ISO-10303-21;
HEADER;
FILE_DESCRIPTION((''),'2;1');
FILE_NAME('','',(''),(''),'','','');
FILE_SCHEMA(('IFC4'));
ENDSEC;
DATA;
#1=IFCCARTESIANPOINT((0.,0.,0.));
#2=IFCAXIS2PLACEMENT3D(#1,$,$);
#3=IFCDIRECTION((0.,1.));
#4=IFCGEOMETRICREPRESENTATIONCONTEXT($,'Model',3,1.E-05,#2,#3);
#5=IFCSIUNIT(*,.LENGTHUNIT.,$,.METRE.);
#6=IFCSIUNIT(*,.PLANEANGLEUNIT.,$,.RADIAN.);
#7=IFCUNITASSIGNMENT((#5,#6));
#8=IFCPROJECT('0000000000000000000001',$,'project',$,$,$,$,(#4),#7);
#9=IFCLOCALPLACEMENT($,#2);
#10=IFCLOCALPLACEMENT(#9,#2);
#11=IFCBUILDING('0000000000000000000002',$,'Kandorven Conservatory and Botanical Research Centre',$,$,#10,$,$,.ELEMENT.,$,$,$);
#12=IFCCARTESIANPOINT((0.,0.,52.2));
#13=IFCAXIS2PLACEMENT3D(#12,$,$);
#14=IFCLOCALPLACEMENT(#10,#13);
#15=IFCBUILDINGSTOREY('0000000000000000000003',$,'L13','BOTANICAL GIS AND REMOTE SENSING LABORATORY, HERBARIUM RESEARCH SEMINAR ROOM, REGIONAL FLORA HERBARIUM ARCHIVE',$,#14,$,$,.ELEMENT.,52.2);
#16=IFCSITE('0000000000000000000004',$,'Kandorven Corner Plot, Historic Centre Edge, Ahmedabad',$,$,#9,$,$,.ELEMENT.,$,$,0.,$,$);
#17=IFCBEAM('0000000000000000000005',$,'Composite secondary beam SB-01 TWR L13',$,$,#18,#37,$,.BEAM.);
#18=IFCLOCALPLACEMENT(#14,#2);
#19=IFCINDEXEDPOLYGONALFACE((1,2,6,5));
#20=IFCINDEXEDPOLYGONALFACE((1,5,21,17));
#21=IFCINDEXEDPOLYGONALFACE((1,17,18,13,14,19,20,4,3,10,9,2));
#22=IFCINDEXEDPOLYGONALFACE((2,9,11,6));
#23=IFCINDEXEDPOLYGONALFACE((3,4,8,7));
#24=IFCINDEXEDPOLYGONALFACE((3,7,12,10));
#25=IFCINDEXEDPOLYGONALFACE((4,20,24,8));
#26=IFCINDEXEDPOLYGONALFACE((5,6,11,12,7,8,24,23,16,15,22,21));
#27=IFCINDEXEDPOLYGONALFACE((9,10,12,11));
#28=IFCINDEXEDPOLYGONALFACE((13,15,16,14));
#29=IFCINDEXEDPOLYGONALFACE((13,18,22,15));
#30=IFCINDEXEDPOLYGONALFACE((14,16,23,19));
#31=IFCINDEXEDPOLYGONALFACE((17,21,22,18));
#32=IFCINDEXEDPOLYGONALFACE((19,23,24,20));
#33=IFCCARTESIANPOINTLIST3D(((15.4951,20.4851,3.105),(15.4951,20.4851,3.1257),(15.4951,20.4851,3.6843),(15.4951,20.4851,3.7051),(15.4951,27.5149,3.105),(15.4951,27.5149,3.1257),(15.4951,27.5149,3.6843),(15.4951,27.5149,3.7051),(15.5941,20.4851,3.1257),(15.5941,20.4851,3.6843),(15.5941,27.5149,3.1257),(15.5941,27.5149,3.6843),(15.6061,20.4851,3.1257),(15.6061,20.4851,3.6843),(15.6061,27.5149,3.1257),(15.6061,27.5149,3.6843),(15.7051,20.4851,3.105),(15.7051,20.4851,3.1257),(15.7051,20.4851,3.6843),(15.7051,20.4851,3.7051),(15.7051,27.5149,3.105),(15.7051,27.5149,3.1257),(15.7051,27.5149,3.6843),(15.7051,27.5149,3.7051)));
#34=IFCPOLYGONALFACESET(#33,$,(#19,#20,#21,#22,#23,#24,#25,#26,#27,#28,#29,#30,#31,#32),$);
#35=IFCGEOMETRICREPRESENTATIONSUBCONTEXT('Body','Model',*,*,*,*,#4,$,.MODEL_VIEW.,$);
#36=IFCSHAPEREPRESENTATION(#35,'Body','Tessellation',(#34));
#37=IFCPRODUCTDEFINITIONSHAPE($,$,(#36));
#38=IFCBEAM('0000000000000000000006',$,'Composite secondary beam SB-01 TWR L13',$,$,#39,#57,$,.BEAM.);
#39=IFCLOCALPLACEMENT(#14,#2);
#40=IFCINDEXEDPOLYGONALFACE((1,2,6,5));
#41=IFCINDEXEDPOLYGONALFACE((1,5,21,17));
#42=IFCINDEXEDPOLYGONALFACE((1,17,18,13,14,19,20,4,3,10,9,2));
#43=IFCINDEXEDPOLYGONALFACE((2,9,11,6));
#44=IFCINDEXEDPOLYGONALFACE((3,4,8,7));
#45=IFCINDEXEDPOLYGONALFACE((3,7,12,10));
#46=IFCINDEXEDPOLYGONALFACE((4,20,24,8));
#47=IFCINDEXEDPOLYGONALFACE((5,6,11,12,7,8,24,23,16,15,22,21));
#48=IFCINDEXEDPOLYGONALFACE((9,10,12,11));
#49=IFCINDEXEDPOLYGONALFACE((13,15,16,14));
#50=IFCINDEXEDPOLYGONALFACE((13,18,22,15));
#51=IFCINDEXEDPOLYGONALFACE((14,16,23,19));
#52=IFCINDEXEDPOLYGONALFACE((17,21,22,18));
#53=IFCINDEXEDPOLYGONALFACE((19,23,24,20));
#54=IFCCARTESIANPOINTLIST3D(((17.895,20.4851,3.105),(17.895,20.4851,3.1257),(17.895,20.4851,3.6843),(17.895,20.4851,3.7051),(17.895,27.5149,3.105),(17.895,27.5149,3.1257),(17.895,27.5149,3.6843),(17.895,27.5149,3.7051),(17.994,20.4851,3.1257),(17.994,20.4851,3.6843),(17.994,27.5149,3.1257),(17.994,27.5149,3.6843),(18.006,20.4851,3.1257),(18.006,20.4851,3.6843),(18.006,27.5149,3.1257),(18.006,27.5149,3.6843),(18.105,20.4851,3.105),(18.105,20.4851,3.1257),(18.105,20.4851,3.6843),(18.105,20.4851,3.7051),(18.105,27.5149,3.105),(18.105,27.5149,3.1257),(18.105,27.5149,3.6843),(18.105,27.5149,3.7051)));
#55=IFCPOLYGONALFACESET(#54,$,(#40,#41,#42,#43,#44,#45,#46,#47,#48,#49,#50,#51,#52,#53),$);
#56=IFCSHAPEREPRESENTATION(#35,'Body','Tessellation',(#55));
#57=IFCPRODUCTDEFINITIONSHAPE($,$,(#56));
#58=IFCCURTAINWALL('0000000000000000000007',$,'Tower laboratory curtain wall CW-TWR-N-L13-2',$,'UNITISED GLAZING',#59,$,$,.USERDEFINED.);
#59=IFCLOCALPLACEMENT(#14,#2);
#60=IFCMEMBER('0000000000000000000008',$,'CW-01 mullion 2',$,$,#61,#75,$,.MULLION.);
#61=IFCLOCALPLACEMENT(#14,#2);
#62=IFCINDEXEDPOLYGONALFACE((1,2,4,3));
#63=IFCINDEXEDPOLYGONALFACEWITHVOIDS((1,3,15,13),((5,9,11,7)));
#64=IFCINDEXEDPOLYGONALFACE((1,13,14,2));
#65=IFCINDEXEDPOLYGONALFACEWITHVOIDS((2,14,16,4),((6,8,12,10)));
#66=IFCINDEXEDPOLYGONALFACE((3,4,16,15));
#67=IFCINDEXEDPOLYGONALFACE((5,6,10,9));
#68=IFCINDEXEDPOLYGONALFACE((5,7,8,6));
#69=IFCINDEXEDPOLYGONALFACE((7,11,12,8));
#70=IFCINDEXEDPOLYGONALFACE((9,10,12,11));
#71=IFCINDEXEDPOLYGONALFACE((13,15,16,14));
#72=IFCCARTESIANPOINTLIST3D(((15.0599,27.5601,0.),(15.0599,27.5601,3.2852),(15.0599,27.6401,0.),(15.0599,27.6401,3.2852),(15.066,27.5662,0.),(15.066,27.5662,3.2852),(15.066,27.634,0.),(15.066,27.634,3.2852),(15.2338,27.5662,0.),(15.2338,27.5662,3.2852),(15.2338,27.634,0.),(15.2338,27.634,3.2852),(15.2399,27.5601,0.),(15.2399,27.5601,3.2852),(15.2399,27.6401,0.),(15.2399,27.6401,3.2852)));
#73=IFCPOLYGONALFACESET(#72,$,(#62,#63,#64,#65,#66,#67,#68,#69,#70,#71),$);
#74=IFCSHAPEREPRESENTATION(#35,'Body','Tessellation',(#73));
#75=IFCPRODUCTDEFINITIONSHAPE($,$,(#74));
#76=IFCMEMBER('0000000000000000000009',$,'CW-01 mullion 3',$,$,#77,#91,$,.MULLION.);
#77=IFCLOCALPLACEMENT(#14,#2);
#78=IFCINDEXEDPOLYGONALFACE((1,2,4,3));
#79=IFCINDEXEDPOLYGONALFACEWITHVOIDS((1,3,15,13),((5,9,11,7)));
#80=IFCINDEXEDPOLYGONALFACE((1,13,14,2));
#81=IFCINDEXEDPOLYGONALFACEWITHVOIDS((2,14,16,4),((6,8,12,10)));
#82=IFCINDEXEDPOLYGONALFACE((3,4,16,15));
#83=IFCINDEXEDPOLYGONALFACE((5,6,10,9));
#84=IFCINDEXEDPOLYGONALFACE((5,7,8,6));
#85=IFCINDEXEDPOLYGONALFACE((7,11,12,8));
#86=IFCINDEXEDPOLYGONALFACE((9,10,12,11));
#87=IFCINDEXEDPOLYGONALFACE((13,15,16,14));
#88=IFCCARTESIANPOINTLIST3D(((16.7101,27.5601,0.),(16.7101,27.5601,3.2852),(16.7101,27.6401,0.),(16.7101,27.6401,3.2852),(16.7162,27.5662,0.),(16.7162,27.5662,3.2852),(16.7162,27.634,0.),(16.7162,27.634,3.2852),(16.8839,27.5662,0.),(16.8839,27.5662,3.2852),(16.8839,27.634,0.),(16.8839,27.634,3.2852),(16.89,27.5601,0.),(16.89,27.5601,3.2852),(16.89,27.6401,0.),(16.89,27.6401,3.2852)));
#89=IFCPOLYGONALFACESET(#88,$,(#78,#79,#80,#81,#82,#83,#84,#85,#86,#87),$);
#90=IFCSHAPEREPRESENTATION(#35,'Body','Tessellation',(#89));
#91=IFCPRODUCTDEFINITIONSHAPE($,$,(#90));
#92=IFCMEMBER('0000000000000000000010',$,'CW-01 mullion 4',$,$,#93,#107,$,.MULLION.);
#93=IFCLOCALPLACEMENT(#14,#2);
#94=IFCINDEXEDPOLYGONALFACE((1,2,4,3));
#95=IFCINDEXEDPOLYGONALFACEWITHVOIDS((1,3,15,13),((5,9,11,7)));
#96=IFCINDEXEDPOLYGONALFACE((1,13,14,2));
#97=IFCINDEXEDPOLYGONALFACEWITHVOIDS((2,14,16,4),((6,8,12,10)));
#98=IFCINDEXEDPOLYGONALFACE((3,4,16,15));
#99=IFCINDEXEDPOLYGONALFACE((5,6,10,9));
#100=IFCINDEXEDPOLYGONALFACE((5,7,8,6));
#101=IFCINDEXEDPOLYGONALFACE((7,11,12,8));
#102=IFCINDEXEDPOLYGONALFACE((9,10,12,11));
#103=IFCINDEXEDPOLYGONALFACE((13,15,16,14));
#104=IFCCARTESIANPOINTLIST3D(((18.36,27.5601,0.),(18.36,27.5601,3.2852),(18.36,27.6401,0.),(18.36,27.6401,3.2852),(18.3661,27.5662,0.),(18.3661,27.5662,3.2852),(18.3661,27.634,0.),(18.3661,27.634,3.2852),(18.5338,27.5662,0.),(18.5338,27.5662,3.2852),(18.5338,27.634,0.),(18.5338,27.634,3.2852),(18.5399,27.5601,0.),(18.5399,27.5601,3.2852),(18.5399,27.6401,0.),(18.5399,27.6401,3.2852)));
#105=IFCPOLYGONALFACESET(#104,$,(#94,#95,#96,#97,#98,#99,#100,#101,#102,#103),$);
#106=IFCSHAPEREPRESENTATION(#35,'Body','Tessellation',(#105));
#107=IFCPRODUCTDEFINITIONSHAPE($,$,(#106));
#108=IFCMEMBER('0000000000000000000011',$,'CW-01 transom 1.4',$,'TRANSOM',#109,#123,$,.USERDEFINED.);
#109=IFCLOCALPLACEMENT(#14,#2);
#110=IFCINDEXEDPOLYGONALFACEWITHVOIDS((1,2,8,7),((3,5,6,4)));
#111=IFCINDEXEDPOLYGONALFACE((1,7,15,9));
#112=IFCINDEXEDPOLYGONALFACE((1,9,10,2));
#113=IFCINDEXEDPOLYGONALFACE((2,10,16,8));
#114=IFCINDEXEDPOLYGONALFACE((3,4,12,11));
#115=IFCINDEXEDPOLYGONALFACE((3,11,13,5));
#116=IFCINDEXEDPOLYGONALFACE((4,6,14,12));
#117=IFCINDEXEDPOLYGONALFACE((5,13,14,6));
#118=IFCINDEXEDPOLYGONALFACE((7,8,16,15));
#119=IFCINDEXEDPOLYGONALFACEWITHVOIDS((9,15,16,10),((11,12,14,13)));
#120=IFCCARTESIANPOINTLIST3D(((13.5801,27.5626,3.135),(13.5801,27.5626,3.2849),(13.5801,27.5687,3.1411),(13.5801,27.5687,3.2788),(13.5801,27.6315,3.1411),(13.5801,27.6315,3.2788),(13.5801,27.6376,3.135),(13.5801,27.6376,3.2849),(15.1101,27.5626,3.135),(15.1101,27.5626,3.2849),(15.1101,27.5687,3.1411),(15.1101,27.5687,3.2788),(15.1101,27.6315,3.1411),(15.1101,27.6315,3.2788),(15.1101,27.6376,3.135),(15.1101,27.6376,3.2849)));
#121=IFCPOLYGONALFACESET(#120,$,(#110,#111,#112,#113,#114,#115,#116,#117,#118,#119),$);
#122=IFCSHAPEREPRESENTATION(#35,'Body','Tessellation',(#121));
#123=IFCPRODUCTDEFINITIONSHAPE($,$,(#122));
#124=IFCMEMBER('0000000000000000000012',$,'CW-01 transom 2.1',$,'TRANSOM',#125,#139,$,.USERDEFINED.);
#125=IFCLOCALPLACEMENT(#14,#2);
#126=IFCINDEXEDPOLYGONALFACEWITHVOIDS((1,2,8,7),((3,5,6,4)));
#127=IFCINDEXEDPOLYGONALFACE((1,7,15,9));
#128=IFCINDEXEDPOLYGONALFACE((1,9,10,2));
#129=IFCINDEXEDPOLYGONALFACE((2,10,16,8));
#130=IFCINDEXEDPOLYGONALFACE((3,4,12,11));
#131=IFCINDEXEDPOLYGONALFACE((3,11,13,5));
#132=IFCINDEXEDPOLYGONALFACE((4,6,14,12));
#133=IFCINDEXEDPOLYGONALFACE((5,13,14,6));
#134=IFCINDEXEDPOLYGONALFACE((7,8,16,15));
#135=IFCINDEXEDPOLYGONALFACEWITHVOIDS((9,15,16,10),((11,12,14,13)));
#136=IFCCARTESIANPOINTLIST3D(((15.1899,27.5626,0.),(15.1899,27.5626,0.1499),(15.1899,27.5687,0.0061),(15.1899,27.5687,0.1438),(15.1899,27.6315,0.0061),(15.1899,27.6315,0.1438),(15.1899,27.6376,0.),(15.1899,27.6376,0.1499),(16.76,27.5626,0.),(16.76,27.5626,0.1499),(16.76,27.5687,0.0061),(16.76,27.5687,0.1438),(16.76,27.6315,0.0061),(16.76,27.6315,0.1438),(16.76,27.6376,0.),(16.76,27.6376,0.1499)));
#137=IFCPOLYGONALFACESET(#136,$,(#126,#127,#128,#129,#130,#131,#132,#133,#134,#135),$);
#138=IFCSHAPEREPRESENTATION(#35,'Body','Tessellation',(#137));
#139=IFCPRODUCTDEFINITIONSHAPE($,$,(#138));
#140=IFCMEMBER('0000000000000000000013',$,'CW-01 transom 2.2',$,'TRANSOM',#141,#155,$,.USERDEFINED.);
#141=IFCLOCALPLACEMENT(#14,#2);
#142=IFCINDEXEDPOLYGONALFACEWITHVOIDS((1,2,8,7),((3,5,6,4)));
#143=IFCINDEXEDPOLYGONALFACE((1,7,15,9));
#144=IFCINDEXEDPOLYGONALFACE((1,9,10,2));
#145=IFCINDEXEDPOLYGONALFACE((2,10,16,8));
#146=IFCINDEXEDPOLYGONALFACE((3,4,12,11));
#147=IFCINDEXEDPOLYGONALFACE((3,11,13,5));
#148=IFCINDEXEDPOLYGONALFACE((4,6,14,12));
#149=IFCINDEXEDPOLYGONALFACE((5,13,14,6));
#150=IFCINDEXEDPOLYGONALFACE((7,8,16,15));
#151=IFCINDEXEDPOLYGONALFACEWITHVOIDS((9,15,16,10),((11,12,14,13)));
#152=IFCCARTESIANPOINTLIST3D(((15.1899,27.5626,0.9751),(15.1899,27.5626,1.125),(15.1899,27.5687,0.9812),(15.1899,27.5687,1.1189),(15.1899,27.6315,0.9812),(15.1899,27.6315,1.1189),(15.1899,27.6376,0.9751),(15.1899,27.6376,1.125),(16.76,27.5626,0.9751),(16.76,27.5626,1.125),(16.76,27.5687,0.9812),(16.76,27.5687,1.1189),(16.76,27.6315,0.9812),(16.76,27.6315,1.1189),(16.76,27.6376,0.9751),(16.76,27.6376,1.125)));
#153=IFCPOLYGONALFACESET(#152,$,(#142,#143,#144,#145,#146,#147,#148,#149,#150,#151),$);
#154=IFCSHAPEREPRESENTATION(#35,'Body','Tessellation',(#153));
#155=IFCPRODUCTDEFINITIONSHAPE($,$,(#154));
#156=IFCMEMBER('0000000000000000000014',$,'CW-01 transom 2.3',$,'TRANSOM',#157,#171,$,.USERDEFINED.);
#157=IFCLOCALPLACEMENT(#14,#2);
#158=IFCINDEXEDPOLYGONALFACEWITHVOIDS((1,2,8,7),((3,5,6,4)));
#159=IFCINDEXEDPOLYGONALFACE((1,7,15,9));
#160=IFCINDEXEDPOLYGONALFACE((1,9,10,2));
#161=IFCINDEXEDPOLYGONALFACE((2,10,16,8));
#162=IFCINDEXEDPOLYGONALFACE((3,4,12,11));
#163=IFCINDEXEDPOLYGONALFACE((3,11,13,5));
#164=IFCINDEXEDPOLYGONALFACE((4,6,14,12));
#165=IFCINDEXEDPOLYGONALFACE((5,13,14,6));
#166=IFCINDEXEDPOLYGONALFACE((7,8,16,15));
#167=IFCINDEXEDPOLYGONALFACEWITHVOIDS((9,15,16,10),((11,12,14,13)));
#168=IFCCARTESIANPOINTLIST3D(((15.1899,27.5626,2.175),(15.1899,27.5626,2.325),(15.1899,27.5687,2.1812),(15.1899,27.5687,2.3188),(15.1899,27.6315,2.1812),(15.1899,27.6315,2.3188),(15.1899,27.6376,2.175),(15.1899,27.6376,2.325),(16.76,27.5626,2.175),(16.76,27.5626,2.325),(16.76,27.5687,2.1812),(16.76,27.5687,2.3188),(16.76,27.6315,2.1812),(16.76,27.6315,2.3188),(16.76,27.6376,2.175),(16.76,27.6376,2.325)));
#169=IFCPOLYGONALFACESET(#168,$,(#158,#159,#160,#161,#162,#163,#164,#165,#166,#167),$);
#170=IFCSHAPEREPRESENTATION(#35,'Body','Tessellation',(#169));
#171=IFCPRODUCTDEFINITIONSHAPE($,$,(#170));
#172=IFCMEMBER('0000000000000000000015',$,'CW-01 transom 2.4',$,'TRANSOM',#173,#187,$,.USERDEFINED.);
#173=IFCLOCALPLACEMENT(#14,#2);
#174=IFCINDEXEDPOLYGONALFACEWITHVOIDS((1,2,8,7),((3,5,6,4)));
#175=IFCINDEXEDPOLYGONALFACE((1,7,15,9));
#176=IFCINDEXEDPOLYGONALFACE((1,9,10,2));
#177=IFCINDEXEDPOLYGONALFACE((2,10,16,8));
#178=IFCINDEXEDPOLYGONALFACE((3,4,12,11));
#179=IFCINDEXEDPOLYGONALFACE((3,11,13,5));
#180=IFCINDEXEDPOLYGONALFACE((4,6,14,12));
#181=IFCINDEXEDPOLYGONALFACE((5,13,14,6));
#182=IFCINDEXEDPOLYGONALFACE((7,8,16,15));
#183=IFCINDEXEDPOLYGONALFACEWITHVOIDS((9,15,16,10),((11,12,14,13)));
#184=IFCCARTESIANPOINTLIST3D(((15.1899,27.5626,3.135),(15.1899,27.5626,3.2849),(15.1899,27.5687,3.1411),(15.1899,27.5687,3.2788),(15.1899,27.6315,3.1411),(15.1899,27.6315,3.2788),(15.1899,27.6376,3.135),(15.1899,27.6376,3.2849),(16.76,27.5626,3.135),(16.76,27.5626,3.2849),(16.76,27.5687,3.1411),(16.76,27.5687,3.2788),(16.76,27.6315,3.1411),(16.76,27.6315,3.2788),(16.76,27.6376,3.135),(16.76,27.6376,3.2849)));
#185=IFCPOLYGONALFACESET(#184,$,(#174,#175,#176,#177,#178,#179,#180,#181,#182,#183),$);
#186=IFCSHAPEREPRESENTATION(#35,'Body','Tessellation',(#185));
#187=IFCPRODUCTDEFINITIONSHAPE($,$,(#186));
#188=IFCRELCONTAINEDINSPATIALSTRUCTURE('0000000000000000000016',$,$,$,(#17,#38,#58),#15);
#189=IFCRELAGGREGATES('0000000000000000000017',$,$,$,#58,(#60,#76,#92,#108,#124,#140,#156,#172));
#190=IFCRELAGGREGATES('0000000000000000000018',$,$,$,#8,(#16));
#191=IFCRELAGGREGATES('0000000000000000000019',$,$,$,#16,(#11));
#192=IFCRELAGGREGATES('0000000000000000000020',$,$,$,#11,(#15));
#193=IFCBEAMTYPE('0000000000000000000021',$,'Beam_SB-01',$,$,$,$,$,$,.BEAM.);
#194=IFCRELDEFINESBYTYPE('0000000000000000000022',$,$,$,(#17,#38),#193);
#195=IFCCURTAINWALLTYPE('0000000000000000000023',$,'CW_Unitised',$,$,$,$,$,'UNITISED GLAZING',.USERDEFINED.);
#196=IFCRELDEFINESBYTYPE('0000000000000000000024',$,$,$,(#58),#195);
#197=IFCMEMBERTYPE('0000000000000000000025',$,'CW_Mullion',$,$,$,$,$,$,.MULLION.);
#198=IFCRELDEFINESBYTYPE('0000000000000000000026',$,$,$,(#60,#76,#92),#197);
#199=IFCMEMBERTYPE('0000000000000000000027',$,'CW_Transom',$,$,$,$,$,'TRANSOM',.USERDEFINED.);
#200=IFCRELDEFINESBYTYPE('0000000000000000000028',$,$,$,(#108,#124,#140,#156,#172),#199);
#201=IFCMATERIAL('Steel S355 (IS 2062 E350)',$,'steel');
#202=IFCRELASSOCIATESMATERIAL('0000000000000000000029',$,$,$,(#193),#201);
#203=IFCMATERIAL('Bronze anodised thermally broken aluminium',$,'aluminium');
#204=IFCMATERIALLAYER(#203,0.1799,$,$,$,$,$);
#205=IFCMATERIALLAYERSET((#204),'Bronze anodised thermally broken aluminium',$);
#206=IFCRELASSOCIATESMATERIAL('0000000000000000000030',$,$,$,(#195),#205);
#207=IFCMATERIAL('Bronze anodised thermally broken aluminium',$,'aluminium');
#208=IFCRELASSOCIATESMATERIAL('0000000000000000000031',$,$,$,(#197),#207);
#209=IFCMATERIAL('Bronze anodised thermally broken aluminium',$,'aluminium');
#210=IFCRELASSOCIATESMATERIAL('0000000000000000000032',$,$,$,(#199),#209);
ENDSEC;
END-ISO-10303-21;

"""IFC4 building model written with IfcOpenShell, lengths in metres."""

from ifc_helpers import new_model, si_unit, direction, frame, origin, origin_2d, place, context, subcontext, project, spatial, hollow_rectangle, i_section, extrude, material, layer, layer_set, material_profile, profile_set, type_object, element, aggregate, save


model = new_model("IFC4")

# Units and contexts
model_context = context("Model", 3, precision=1e-05, world=origin(), true_north=direction((0.0, 1.0)))
body_context = subcontext(model_context, "Body", "Model", "MODEL_VIEW")
ifc_project = project(units=[si_unit("LENGTHUNIT", "METRE"), si_unit("PLANEANGLEUNIT", "RADIAN")], contexts=[model_context])

# Site, building, storey
site_placement = place(None, origin())
site = spatial("IfcSite", under=ifc_project, at=site_placement, Name="Kandorven Corner Plot, Historic Centre Edge, Ahmedabad", CompositionType="ELEMENT", RefElevation=0.0)
building_placement = place(site_placement, origin())
building = spatial("IfcBuilding", under=site, at=building_placement, Name="Kandorven Conservatory and Botanical Research Centre", CompositionType="ELEMENT")
storey_placement = place(building_placement, frame((0.0, 0.0, 52.2)))
storey = spatial("IfcBuildingStorey", under=building, at=storey_placement, Name="L13", Description="BOTANICAL GIS AND REMOTE SENSING LABORATORY, HERBARIUM RESEARCH SEMINAR ROOM, REGIONAL FLORA HERBARIUM ARCHIVE", CompositionType="ELEMENT", Elevation=52.2)

# Beams
ifc_material_1 = material(Name="Steel S355 (IS 2062 E350)", Category="steel")
ifc_material_profile_1 = material_profile(ifc_material_1, i_section(OverallWidth=0.21, OverallDepth=0.6001, WebThickness=0.012, FlangeThickness=0.0208, at=origin_2d()))
ifc_profile_set_1 = profile_set([ifc_material_profile_1], Name="Steel S355 (IS 2062 E350)")
beam_type = type_object("IfcBeamType", Name="Beam_SB-01", PredefinedType="BEAM", material=ifc_profile_set_1)
for number, where, z_axis, x_axis, name in (
    (1, (15.6001, 20.4851, 3.405), (0.0, 1.0, 0.0), (-1.0, 0.0, 0.0), "Composite secondary beam SB-01 TWR L13"),
    (2, (18.0, 20.4851, 3.405), (0.0, 1.0, 0.0), (-1.0, 0.0, 0.0), "Composite secondary beam SB-01 TWR L13"),
):
    element("IfcBeam", number, at=place(storey_placement, frame(where, z_axis=z_axis, x_axis=x_axis)), inside=storey, type_object=beam_type, Name=name, PredefinedType="BEAM", context=body_context, shape_type="SweptSolid", body=[
        extrude(i_section(OverallWidth=0.21, OverallDepth=0.6001, WebThickness=0.012, FlangeThickness=0.0208, at=origin_2d()), origin(), (0.0, 0.0, 1.0), 7.0298),
    ])

# Curtain wall, members
ifc_material_2 = material(Name="Bronze anodised thermally broken aluminium", Category="aluminium")
ifc_layer_1 = layer(ifc_material_2, 0.1799)
ifc_layer_set_1 = layer_set([ifc_layer_1], Name="Bronze anodised thermally broken aluminium")
curtain_wall_type = type_object("IfcCurtainWallType", Name="CW_Unitised", ElementType="UNITISED GLAZING", PredefinedType="USERDEFINED", material=ifc_layer_set_1)
curtain_wall_placement = place(storey_placement, origin())
curtain_wall = element("IfcCurtainWall", 3, at=curtain_wall_placement, inside=storey, type_object=curtain_wall_type, Name="Tower laboratory curtain wall CW-TWR-N-L13-2", ObjectType="UNITISED GLAZING", PredefinedType="USERDEFINED")
ifc_material_3 = material(Name="Bronze anodised thermally broken aluminium", Category="aluminium")
ifc_material_profile_2 = material_profile(ifc_material_3, hollow_rectangle(XDim=0.0801, YDim=0.1799, WallThickness=0.0061, at=origin_2d()))
ifc_profile_set_2 = profile_set([ifc_material_profile_2], Name="Bronze anodised thermally broken aluminium")
member_type_1 = type_object("IfcMemberType", Name="CW_Mullion", PredefinedType="MULLION", material=ifc_profile_set_2)
member_1_placement = place(storey_placement, frame((15.1499, 27.6001, 0.0), z_axis=(0.0, 0.0, 1.0), x_axis=(0.0, 1.0, 0.0)))
member_1 = element("IfcMember", 4, at=member_1_placement, type_object=member_type_1, Name="CW-01 mullion 2", PredefinedType="MULLION", context=body_context, shape_type="SweptSolid", body=[
    extrude(hollow_rectangle(XDim=0.0801, YDim=0.1799, WallThickness=0.0061, at=origin_2d()), origin(), (0.0, 0.0, 1.0), 3.2852),
])
member_2_placement = place(storey_placement, frame((16.8, 27.6001, 0.0), z_axis=(0.0, 0.0, 1.0), x_axis=(0.0, 1.0, 0.0)))
member_2 = element("IfcMember", 5, at=member_2_placement, type_object=member_type_1, Name="CW-01 mullion 3", PredefinedType="MULLION", context=body_context, shape_type="SweptSolid", body=[
    extrude(hollow_rectangle(XDim=0.0801, YDim=0.1799, WallThickness=0.0061, at=origin_2d()), origin(), (0.0, 0.0, 1.0), 3.2852),
])
member_3_placement = place(storey_placement, frame((18.45, 27.6001, 0.0), z_axis=(0.0, 0.0, 1.0), x_axis=(0.0, 1.0, 0.0)))
member_3 = element("IfcMember", 6, at=member_3_placement, type_object=member_type_1, Name="CW-01 mullion 4", PredefinedType="MULLION", context=body_context, shape_type="SweptSolid", body=[
    extrude(hollow_rectangle(XDim=0.0801, YDim=0.1799, WallThickness=0.0061, at=origin_2d()), origin(), (0.0, 0.0, 1.0), 3.2852),
])
ifc_material_4 = material(Name="Bronze anodised thermally broken aluminium", Category="aluminium")
ifc_material_profile_3 = material_profile(ifc_material_4, hollow_rectangle(XDim=0.075, YDim=0.1499, WallThickness=0.0061, at=origin_2d()))
ifc_profile_set_3 = profile_set([ifc_material_profile_3], Name="Bronze anodised thermally broken aluminium")
member_type_2 = type_object("IfcMemberType", Name="CW_Transom", ElementType="TRANSOM", PredefinedType="USERDEFINED", material=ifc_profile_set_3)
member_4_placement = place(storey_placement, frame((13.5801, 27.6001, 3.21), z_axis=(1.0, 0.0, 0.0), x_axis=(0.0, 1.0, 0.0)))
member_4 = element("IfcMember", 7, at=member_4_placement, type_object=member_type_2, Name="CW-01 transom 1.4", ObjectType="TRANSOM", PredefinedType="USERDEFINED", context=body_context, shape_type="SweptSolid", body=[
    extrude(hollow_rectangle(XDim=0.075, YDim=0.1499, WallThickness=0.0061, at=origin_2d()), origin(), (0.0, 0.0, 1.0), 1.53),
])
member_5_placement = place(storey_placement, frame((15.1899, 27.6001, 0.075), z_axis=(1.0, 0.0, 0.0), x_axis=(0.0, 1.0, 0.0)))
member_5 = element("IfcMember", 8, at=member_5_placement, type_object=member_type_2, Name="CW-01 transom 2.1", ObjectType="TRANSOM", PredefinedType="USERDEFINED", context=body_context, shape_type="SweptSolid", body=[
    extrude(hollow_rectangle(XDim=0.075, YDim=0.1499, WallThickness=0.0061, at=origin_2d()), origin(), (0.0, 0.0, 1.0), 1.5701),
])
member_6_placement = place(storey_placement, frame((15.1899, 27.6001, 1.05), z_axis=(1.0, 0.0, 0.0), x_axis=(0.0, 1.0, 0.0)))
member_6 = element("IfcMember", 9, at=member_6_placement, type_object=member_type_2, Name="CW-01 transom 2.2", ObjectType="TRANSOM", PredefinedType="USERDEFINED", context=body_context, shape_type="SweptSolid", body=[
    extrude(hollow_rectangle(XDim=0.075, YDim=0.1499, WallThickness=0.0061, at=origin_2d()), origin(), (0.0, 0.0, 1.0), 1.5701),
])
member_7_placement = place(storey_placement, frame((15.1899, 27.6001, 2.25), z_axis=(1.0, 0.0, 0.0), x_axis=(0.0, 1.0, 0.0)))
member_7 = element("IfcMember", 10, at=member_7_placement, type_object=member_type_2, Name="CW-01 transom 2.3", ObjectType="TRANSOM", PredefinedType="USERDEFINED", context=body_context, shape_type="SweptSolid", body=[
    extrude(hollow_rectangle(XDim=0.075, YDim=0.1499, WallThickness=0.0061, at=origin_2d()), origin(), (0.0, 0.0, 1.0), 1.5701),
])
member_8_placement = place(storey_placement, frame((15.1899, 27.6001, 3.21), z_axis=(1.0, 0.0, 0.0), x_axis=(0.0, 1.0, 0.0)))
member_8 = element("IfcMember", 11, at=member_8_placement, type_object=member_type_2, Name="CW-01 transom 2.4", ObjectType="TRANSOM", PredefinedType="USERDEFINED", context=body_context, shape_type="SweptSolid", body=[
    extrude(hollow_rectangle(XDim=0.075, YDim=0.1499, WallThickness=0.0061, at=origin_2d()), origin(), (0.0, 0.0, 1.0), 1.5701),
])
aggregate(curtain_wall, [member_1, member_2, member_3, member_4, member_5, member_6, member_7, member_8])

save(model, "model.ifc")
